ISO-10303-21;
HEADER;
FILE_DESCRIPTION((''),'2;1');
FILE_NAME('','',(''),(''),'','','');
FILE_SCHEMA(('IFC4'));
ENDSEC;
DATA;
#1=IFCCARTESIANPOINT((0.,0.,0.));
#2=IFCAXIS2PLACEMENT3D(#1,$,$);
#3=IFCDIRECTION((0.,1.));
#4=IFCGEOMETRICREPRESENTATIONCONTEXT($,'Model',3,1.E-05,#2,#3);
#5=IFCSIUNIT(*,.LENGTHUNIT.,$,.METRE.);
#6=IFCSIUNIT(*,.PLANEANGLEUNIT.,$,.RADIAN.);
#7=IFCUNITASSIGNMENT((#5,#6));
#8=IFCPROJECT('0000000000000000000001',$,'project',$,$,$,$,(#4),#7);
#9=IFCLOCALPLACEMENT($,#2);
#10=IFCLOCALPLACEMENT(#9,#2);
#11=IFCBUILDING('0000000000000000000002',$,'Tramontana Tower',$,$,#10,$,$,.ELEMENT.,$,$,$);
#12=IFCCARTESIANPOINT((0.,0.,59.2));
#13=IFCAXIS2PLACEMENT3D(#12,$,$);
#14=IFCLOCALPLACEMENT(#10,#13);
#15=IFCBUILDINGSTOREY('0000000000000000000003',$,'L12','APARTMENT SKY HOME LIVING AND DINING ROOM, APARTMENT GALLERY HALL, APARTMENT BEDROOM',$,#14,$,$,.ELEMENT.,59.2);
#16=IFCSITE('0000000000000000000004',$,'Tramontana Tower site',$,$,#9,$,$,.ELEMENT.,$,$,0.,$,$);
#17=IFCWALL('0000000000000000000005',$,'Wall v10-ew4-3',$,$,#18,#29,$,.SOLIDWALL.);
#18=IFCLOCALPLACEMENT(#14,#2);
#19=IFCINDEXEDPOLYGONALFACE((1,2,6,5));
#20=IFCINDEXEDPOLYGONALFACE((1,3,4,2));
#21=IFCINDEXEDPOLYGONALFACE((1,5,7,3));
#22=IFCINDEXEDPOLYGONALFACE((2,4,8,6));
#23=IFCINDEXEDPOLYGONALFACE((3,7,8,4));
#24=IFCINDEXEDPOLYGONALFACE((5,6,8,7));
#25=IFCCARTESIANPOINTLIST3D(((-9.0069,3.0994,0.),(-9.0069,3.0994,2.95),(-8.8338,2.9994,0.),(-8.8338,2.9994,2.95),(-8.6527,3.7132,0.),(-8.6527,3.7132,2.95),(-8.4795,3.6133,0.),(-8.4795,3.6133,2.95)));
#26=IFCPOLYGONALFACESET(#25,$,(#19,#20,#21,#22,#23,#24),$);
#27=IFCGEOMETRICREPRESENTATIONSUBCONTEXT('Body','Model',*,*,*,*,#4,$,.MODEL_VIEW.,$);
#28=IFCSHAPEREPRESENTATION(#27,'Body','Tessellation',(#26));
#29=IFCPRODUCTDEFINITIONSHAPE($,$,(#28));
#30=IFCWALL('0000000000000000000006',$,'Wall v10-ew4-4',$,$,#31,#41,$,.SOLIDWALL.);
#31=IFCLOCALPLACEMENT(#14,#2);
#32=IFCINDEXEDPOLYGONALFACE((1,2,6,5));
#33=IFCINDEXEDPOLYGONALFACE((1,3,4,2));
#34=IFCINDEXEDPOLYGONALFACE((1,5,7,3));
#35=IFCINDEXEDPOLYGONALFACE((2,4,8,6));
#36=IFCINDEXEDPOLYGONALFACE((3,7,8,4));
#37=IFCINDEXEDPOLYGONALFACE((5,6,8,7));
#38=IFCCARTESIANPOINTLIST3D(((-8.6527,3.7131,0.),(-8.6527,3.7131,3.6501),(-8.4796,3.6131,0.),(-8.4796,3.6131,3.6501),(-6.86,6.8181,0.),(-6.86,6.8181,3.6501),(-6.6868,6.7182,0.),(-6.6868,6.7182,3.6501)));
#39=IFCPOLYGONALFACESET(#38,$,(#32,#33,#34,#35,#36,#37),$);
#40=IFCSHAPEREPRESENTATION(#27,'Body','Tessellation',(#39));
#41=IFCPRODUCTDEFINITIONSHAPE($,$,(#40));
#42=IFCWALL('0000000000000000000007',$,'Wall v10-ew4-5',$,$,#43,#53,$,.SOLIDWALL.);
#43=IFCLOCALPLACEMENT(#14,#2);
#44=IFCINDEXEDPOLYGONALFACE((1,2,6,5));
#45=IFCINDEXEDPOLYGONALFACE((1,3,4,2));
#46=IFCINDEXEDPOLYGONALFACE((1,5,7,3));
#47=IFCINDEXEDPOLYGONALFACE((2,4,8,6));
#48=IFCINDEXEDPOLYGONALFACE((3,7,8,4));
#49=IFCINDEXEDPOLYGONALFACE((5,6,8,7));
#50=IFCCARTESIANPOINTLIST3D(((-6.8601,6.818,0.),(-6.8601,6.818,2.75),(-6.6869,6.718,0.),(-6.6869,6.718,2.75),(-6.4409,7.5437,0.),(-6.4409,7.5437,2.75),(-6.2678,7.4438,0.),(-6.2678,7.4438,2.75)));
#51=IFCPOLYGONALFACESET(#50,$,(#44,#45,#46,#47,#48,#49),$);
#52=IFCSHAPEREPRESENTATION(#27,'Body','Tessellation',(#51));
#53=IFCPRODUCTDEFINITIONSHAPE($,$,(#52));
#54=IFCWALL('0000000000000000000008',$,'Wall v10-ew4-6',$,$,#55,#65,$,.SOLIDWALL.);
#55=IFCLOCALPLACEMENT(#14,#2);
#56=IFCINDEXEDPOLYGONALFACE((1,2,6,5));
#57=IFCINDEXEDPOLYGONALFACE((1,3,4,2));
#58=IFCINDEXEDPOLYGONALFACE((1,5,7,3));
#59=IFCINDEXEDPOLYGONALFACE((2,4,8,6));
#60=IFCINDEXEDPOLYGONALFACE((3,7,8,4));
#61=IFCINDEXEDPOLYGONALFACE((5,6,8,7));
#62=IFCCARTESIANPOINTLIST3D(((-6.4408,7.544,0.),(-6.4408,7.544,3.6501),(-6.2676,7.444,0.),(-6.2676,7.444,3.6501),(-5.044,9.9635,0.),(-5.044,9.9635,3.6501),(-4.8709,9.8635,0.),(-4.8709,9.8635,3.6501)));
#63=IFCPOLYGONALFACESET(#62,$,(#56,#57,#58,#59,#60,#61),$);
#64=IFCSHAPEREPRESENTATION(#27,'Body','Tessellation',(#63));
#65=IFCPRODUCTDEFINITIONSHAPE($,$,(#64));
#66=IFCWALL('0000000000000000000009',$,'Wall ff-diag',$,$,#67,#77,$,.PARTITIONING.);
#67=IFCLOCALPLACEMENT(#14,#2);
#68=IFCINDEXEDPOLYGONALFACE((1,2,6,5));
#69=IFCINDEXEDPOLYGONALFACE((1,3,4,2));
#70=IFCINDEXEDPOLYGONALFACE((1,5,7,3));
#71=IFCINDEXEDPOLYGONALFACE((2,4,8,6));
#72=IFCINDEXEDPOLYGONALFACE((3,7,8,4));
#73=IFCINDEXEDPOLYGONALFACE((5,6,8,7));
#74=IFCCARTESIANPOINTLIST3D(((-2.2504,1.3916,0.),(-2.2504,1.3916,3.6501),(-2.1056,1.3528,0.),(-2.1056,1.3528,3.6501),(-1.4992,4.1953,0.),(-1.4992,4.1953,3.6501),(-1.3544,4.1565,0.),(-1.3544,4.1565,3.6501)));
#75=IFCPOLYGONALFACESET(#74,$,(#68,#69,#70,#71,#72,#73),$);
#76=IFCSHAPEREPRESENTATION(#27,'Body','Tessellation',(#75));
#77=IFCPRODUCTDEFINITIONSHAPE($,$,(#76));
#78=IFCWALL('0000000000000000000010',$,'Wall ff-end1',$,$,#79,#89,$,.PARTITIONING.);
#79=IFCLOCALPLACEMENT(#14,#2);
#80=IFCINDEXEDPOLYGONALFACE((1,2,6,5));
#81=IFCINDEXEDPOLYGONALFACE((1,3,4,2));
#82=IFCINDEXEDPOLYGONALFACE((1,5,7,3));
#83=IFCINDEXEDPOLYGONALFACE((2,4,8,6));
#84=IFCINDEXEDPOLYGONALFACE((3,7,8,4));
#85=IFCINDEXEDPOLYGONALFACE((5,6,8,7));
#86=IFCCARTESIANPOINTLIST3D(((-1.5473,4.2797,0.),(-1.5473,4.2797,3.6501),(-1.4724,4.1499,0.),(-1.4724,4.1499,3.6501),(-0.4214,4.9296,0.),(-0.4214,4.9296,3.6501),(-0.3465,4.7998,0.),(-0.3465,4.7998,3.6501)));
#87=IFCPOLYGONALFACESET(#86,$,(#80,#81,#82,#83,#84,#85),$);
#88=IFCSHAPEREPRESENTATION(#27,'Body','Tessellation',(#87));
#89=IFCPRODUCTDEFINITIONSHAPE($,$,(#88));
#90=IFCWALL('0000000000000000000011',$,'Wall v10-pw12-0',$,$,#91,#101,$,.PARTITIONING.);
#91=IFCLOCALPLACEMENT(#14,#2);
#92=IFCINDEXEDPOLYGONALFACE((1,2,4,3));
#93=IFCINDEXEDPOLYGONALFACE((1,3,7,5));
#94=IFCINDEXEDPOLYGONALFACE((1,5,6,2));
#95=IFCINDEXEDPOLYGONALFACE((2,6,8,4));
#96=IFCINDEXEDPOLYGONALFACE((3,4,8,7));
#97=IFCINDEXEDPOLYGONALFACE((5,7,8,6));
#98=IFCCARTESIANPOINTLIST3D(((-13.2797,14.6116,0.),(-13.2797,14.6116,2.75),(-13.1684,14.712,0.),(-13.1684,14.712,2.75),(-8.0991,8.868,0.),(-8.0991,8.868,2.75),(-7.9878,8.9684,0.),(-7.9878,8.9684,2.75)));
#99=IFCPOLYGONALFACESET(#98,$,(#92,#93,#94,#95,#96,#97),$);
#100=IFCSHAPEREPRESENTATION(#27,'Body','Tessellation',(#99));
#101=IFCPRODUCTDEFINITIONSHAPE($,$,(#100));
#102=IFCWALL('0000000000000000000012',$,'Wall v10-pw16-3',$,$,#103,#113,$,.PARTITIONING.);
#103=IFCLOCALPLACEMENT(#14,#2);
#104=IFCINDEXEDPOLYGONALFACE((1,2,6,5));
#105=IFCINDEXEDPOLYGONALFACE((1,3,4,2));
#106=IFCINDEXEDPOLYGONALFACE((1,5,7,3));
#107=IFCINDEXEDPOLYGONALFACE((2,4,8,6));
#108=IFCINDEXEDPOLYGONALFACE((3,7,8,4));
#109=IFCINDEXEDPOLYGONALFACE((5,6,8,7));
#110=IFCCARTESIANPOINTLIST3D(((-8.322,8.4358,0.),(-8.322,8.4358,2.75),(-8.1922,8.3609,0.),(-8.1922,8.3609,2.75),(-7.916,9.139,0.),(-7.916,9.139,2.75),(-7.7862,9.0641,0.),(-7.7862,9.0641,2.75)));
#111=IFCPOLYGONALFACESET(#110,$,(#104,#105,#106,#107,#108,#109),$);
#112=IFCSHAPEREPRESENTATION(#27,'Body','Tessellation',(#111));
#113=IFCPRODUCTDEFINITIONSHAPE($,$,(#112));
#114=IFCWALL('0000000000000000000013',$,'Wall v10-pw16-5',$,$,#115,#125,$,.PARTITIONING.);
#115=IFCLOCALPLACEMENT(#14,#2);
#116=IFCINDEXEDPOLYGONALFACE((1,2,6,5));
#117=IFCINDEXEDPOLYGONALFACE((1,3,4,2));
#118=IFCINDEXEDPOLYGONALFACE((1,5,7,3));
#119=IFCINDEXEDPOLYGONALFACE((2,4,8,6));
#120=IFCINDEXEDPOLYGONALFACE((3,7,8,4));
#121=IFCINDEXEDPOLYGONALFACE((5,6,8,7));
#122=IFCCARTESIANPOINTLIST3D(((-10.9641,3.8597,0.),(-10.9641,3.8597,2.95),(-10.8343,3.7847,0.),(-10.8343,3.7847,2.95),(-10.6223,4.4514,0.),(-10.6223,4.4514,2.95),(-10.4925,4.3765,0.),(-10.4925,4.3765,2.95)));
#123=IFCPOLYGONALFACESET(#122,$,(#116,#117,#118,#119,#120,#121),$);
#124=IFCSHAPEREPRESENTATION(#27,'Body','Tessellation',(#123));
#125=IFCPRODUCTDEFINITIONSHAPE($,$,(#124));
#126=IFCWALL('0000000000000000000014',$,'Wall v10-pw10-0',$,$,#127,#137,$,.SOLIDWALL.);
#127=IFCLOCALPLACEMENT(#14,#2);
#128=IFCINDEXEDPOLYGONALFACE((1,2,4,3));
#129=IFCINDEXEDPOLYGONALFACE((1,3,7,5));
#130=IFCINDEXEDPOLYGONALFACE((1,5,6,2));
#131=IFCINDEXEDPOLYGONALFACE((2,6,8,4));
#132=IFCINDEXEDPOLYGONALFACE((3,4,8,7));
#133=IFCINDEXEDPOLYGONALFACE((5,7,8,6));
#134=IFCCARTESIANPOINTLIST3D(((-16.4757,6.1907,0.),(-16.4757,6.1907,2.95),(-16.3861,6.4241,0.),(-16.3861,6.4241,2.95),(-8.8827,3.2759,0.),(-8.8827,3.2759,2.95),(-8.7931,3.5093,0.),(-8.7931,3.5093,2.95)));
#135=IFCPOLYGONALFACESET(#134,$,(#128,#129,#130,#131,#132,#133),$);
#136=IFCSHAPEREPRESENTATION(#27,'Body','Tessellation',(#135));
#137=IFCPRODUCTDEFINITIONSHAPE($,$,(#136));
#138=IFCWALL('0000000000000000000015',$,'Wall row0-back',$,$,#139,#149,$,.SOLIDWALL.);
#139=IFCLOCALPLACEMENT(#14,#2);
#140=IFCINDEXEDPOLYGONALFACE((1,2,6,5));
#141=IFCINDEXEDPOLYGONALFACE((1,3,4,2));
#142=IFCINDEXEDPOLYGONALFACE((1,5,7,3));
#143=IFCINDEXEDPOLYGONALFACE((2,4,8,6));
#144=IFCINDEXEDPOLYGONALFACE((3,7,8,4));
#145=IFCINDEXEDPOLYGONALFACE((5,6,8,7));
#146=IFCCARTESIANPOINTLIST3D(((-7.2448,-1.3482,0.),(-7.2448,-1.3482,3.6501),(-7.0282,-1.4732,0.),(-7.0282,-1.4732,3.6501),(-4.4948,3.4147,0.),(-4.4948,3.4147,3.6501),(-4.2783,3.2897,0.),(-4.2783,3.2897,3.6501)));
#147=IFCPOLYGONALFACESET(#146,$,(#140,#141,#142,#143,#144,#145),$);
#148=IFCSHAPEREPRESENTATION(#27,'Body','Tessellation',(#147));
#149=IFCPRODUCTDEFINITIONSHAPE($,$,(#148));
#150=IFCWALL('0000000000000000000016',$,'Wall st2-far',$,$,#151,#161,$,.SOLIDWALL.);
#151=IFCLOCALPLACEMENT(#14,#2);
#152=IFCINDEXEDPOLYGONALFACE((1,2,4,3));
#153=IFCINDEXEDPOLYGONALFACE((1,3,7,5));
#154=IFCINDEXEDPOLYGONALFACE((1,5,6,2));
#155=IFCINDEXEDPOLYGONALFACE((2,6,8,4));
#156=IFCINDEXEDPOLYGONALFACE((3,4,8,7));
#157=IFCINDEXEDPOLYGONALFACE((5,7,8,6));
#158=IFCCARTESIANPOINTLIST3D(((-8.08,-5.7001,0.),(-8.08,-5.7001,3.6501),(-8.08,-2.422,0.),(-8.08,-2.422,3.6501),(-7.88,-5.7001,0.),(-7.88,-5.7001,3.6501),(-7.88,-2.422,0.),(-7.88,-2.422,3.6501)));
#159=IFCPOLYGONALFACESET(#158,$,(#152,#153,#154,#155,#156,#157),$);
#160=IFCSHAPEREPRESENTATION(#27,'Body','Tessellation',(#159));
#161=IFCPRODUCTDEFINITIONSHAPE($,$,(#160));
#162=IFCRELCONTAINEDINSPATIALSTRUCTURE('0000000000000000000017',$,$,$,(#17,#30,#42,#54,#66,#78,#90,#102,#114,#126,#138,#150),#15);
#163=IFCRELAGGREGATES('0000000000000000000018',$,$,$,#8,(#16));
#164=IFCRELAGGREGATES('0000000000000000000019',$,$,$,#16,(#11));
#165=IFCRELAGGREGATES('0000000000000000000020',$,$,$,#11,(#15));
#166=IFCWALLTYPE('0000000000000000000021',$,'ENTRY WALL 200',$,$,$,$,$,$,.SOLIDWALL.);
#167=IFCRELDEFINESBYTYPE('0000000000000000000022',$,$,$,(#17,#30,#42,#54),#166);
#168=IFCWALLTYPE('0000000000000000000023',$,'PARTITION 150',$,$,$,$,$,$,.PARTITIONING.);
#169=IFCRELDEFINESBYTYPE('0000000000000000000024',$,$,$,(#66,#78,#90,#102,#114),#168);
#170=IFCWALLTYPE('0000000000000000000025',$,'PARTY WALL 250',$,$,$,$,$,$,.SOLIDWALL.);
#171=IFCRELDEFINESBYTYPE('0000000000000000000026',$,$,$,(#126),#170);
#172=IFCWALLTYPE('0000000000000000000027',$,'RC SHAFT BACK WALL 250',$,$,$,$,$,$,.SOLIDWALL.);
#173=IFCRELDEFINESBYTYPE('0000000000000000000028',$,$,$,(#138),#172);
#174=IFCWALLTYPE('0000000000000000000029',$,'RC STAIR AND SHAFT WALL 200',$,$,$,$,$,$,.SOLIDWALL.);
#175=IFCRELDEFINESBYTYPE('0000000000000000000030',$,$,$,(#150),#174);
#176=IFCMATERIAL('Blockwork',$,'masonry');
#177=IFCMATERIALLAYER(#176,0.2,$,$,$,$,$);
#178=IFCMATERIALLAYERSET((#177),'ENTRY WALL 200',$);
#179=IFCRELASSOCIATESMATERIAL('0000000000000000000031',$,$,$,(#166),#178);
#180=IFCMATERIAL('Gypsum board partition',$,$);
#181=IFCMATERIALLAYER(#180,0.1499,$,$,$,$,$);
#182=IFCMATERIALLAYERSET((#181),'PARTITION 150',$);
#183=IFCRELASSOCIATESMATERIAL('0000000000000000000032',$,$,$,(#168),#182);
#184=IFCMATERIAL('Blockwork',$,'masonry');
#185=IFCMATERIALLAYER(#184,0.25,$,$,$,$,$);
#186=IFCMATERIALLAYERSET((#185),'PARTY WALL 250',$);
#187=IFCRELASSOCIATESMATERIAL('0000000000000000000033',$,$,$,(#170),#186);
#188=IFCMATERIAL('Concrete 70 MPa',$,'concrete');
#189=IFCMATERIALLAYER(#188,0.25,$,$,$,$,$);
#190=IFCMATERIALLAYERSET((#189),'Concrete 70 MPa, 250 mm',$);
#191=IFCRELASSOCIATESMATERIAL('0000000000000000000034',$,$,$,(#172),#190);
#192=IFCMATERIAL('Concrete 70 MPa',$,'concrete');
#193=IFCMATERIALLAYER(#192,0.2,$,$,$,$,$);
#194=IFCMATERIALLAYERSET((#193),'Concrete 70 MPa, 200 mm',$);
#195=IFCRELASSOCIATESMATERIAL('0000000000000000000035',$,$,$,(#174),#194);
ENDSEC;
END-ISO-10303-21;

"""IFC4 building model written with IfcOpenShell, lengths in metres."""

from ifc_helpers import new_model, si_unit, direction, frame, frame_2d, origin, place, context, subcontext, project, spatial, rectangle, extrude, material, layer, layer_set, type_object, element, save


model = new_model("IFC4")

# Units and contexts
model_context = context("Model", 3, precision=1e-05, world=origin(), true_north=direction((0.0, 1.0)))
body_context = subcontext(model_context, "Body", "Model", "MODEL_VIEW")
ifc_project = project(units=[si_unit("LENGTHUNIT", "METRE"), si_unit("PLANEANGLEUNIT", "RADIAN")], contexts=[model_context])

# Site, building, storey
site_placement = place(None, origin())
site = spatial("IfcSite", under=ifc_project, at=site_placement, Name="Tramontana Tower site", CompositionType="ELEMENT", RefElevation=0.0)
building_placement = place(site_placement, origin())
building = spatial("IfcBuilding", under=site, at=building_placement, Name="Tramontana Tower", CompositionType="ELEMENT")
storey_placement = place(building_placement, frame((0.0, 0.0, 59.2)))
storey = spatial("IfcBuildingStorey", under=building, at=storey_placement, Name="L12", Description="APARTMENT SKY HOME LIVING AND DINING ROOM, APARTMENT GALLERY HALL, APARTMENT BEDROOM", CompositionType="ELEMENT", Elevation=59.2)

# Walls
ifc_material_1 = material(Name="Blockwork", Category="masonry")
ifc_layer_1 = layer(ifc_material_1, 0.2)
ifc_layer_set_1 = layer_set([ifc_layer_1], Name="ENTRY WALL 200")
wall_type_1 = type_object("IfcWallType", Name="ENTRY WALL 200", PredefinedType="SOLIDWALL", material=ifc_layer_set_1)
wall_1_placement = place(storey_placement, frame((-8.9204, 3.0493, 0.0), z_axis=(0.0, 0.0, 1.0), x_axis=(0.499882, 0.866094, 0.0)))
element("IfcWall", 1, at=wall_1_placement, inside=storey, type_object=wall_type_1, Name="Wall v10-ew4-3", PredefinedType="SOLIDWALL", context=body_context, shape_type="SweptSolid", body=[
    extrude(rectangle(XDim=0.7087, YDim=0.2, at=frame_2d((0.3545, 0.0))), origin(), (0.0, 0.0, 1.0), 2.95),
])
wall_2_placement = place(storey_placement, frame((-8.5662, 3.6631, 0.0), z_axis=(0.0, 0.0, 1.0), x_axis=(0.500013, 0.866018, 0.0)))
element("IfcWall", 2, at=wall_2_placement, inside=storey, type_object=wall_type_1, Name="Wall v10-ew4-4", PredefinedType="SOLIDWALL", context=body_context, shape_type="SweptSolid", body=[
    extrude(rectangle(XDim=3.5854, YDim=0.2, at=frame_2d((1.7927, 0.0))), origin(), (0.0, 0.0, 1.0), 3.6501),
])
wall_3_placement = place(storey_placement, frame((-6.7734, 6.7681, 0.0), z_axis=(0.0, 0.0, 1.0), x_axis=(0.500117, 0.865958, 0.0)))
element("IfcWall", 3, at=wall_3_placement, inside=storey, type_object=wall_type_1, Name="Wall v10-ew4-5", PredefinedType="SOLIDWALL", context=body_context, shape_type="SweptSolid", body=[
    extrude(rectangle(XDim=0.8381, YDim=0.2, at=frame_2d((0.4189, 0.0))), origin(), (0.0, 0.0, 1.0), 2.75),
])
wall_4_placement = place(storey_placement, frame((-6.3542, 7.4939, 0.0), z_axis=(0.0, 0.0, 1.0), x_axis=(0.499965, 0.866046, 0.0)))
element("IfcWall", 4, at=wall_4_placement, inside=storey, type_object=wall_type_1, Name="Wall v10-ew4-6", PredefinedType="SOLIDWALL", context=body_context, shape_type="SweptSolid", body=[
    extrude(rectangle(XDim=2.7937, YDim=0.2, at=frame_2d((1.397, 0.0))), origin(), (0.0, 0.0, 1.0), 3.6501),
])

# Shared definitions
ifc_material_2 = material(Name="Gypsum board partition")
ifc_layer_2 = layer(ifc_material_2, 0.1499)
ifc_layer_set_2 = layer_set([ifc_layer_2], Name="PARTITION 150")
wall_type_2 = type_object("IfcWallType", Name="PARTITION 150", PredefinedType="PARTITIONING", material=ifc_layer_set_2)

# Walls
wall_5_placement = place(storey_placement, frame((-2.178, 1.3723, 0.0), z_axis=(0.0, 0.0, 1.0), x_axis=(0.258809, 0.965929, 0.0)))
element("IfcWall", 5, at=wall_5_placement, inside=storey, type_object=wall_type_2, Name="Wall ff-diag", PredefinedType="PARTITIONING", context=body_context, shape_type="SweptSolid", body=[
    extrude(rectangle(XDim=2.9026, YDim=0.1499, at=frame_2d((1.4512, 0.0))), origin(), (0.0, 0.0, 1.0), 3.6501),
])
wall_6_placement = place(storey_placement, frame((-1.5098, 4.2148, 0.0), z_axis=(0.0, 0.0, 1.0), x_axis=(0.866086, 0.499896, 0.0)))
element("IfcWall", 6, at=wall_6_placement, inside=storey, type_object=wall_type_2, Name="Wall ff-end1", PredefinedType="PARTITIONING", context=body_context, shape_type="SweptSolid", body=[
    extrude(rectangle(XDim=1.3, YDim=0.1499, at=frame_2d((0.6499, 0.0))), origin(), (0.0, 0.0, 1.0), 3.6501),
])
wall_7_placement = place(storey_placement, frame((-8.0435, 8.9182, 0.0), z_axis=(0.0, 0.0, 1.0), x_axis=(-0.669777, 0.742562, 0.0)))
element("IfcWall", 7, at=wall_7_placement, inside=storey, type_object=wall_type_2, Name="Wall v10-pw12-0", PredefinedType="PARTITIONING", context=body_context, shape_type="SweptSolid", body=[
    extrude(rectangle(XDim=7.7349, YDim=0.1499, at=frame_2d((3.8674, 0.0))), origin(), (0.0, 0.0, 1.0), 2.75),
])

# Walls
wall_8_placement = place(storey_placement, frame((-7.8511, 9.1016, 0.0), z_axis=(0.0, 0.0, 1.0), x_axis=(-0.500052, -0.865995, 0.0)))
element("IfcWall", 8, at=wall_8_placement, inside=storey, type_object=wall_type_2, Name="Wall v10-pw16-3", PredefinedType="PARTITIONING", context=body_context, shape_type="SweptSolid", body=[
    extrude(rectangle(XDim=0.812, YDim=0.1499, at=frame_2d((0.406, 0.0))), origin(), (0.0, 0.0, 1.0), 2.75),
])
wall_9_placement = place(storey_placement, frame((-10.5574, 4.4141, 0.0), z_axis=(0.0, 0.0, 1.0), x_axis=(-0.500135, -0.865948, 0.0)))
element("IfcWall", 9, at=wall_9_placement, inside=storey, type_object=wall_type_2, Name="Wall v10-pw16-5", PredefinedType="PARTITIONING", context=body_context, shape_type="SweptSolid", body=[
    extrude(rectangle(XDim=0.6833, YDim=0.1499, at=frame_2d((0.3418, 0.0))), origin(), (0.0, 0.0, 1.0), 2.95),
])
ifc_material_3 = material(Name="Blockwork", Category="masonry")
ifc_layer_3 = layer(ifc_material_3, 0.25)
ifc_layer_set_3 = layer_set([ifc_layer_3], Name="PARTY WALL 250")
wall_type_3 = type_object("IfcWallType", Name="PARTY WALL 250", PredefinedType="SOLIDWALL", material=ifc_layer_set_3)
wall_10_placement = place(storey_placement, frame((-8.8379, 3.3926, 0.0), z_axis=(0.0, 0.0, 1.0), x_axis=(-0.933576, 0.35838, 0.0)))
element("IfcWall", 10, at=wall_10_placement, inside=storey, type_object=wall_type_3, Name="Wall v10-pw10-0", PredefinedType="SOLIDWALL", context=body_context, shape_type="SweptSolid", body=[
    extrude(rectangle(XDim=8.1333, YDim=0.25, at=frame_2d((4.0667, 0.0))), origin(), (0.0, 0.0, 1.0), 2.95),
])
ifc_material_4 = material(Name="Concrete 70 MPa", Category="concrete")
ifc_layer_4 = layer(ifc_material_4, 0.25)
ifc_layer_set_4 = layer_set([ifc_layer_4], Name="Concrete 70 MPa, 250 mm")
wall_type_4 = type_object("IfcWallType", Name="RC SHAFT BACK WALL 250", PredefinedType="SOLIDWALL", material=ifc_layer_set_4)
wall_11_placement = place(storey_placement, frame((-4.3865, 3.3523, 0.0), z_axis=(0.0, 0.0, 1.0), x_axis=(-0.500016, -0.866016, 0.0)))
element("IfcWall", 11, at=wall_11_placement, inside=storey, type_object=wall_type_4, Name="Wall row0-back", PredefinedType="SOLIDWALL", context=body_context, shape_type="SweptSolid", body=[
    extrude(rectangle(XDim=5.4998, YDim=0.25, at=frame_2d((2.75, 0.0))), origin(), (0.0, 0.0, 1.0), 3.6501),
])

# Shared definitions
ifc_material_5 = material(Name="Concrete 70 MPa", Category="concrete")
ifc_layer_5 = layer(ifc_material_5, 0.2)
ifc_layer_set_5 = layer_set([ifc_layer_5], Name="Concrete 70 MPa, 200 mm")
wall_type_5 = type_object("IfcWallType", Name="RC STAIR AND SHAFT WALL 200", PredefinedType="SOLIDWALL", material=ifc_layer_set_5)

# Wall
wall_12_placement = place(storey_placement, frame((-7.98, -2.4219, 0.0), z_axis=(0.0, 0.0, 1.0), x_axis=(0.0, -1.0, 0.0)))
element("IfcWall", 12, at=wall_12_placement, inside=storey, type_object=wall_type_5, Name="Wall st2-far", PredefinedType="SOLIDWALL", context=body_context, shape_type="SweptSolid", body=[
    extrude(rectangle(XDim=3.2781, YDim=0.2, at=frame_2d((1.6392, 0.0))), origin(), (0.0, 0.0, 1.0), 3.6501),
])

save(model, "model.ifc")
